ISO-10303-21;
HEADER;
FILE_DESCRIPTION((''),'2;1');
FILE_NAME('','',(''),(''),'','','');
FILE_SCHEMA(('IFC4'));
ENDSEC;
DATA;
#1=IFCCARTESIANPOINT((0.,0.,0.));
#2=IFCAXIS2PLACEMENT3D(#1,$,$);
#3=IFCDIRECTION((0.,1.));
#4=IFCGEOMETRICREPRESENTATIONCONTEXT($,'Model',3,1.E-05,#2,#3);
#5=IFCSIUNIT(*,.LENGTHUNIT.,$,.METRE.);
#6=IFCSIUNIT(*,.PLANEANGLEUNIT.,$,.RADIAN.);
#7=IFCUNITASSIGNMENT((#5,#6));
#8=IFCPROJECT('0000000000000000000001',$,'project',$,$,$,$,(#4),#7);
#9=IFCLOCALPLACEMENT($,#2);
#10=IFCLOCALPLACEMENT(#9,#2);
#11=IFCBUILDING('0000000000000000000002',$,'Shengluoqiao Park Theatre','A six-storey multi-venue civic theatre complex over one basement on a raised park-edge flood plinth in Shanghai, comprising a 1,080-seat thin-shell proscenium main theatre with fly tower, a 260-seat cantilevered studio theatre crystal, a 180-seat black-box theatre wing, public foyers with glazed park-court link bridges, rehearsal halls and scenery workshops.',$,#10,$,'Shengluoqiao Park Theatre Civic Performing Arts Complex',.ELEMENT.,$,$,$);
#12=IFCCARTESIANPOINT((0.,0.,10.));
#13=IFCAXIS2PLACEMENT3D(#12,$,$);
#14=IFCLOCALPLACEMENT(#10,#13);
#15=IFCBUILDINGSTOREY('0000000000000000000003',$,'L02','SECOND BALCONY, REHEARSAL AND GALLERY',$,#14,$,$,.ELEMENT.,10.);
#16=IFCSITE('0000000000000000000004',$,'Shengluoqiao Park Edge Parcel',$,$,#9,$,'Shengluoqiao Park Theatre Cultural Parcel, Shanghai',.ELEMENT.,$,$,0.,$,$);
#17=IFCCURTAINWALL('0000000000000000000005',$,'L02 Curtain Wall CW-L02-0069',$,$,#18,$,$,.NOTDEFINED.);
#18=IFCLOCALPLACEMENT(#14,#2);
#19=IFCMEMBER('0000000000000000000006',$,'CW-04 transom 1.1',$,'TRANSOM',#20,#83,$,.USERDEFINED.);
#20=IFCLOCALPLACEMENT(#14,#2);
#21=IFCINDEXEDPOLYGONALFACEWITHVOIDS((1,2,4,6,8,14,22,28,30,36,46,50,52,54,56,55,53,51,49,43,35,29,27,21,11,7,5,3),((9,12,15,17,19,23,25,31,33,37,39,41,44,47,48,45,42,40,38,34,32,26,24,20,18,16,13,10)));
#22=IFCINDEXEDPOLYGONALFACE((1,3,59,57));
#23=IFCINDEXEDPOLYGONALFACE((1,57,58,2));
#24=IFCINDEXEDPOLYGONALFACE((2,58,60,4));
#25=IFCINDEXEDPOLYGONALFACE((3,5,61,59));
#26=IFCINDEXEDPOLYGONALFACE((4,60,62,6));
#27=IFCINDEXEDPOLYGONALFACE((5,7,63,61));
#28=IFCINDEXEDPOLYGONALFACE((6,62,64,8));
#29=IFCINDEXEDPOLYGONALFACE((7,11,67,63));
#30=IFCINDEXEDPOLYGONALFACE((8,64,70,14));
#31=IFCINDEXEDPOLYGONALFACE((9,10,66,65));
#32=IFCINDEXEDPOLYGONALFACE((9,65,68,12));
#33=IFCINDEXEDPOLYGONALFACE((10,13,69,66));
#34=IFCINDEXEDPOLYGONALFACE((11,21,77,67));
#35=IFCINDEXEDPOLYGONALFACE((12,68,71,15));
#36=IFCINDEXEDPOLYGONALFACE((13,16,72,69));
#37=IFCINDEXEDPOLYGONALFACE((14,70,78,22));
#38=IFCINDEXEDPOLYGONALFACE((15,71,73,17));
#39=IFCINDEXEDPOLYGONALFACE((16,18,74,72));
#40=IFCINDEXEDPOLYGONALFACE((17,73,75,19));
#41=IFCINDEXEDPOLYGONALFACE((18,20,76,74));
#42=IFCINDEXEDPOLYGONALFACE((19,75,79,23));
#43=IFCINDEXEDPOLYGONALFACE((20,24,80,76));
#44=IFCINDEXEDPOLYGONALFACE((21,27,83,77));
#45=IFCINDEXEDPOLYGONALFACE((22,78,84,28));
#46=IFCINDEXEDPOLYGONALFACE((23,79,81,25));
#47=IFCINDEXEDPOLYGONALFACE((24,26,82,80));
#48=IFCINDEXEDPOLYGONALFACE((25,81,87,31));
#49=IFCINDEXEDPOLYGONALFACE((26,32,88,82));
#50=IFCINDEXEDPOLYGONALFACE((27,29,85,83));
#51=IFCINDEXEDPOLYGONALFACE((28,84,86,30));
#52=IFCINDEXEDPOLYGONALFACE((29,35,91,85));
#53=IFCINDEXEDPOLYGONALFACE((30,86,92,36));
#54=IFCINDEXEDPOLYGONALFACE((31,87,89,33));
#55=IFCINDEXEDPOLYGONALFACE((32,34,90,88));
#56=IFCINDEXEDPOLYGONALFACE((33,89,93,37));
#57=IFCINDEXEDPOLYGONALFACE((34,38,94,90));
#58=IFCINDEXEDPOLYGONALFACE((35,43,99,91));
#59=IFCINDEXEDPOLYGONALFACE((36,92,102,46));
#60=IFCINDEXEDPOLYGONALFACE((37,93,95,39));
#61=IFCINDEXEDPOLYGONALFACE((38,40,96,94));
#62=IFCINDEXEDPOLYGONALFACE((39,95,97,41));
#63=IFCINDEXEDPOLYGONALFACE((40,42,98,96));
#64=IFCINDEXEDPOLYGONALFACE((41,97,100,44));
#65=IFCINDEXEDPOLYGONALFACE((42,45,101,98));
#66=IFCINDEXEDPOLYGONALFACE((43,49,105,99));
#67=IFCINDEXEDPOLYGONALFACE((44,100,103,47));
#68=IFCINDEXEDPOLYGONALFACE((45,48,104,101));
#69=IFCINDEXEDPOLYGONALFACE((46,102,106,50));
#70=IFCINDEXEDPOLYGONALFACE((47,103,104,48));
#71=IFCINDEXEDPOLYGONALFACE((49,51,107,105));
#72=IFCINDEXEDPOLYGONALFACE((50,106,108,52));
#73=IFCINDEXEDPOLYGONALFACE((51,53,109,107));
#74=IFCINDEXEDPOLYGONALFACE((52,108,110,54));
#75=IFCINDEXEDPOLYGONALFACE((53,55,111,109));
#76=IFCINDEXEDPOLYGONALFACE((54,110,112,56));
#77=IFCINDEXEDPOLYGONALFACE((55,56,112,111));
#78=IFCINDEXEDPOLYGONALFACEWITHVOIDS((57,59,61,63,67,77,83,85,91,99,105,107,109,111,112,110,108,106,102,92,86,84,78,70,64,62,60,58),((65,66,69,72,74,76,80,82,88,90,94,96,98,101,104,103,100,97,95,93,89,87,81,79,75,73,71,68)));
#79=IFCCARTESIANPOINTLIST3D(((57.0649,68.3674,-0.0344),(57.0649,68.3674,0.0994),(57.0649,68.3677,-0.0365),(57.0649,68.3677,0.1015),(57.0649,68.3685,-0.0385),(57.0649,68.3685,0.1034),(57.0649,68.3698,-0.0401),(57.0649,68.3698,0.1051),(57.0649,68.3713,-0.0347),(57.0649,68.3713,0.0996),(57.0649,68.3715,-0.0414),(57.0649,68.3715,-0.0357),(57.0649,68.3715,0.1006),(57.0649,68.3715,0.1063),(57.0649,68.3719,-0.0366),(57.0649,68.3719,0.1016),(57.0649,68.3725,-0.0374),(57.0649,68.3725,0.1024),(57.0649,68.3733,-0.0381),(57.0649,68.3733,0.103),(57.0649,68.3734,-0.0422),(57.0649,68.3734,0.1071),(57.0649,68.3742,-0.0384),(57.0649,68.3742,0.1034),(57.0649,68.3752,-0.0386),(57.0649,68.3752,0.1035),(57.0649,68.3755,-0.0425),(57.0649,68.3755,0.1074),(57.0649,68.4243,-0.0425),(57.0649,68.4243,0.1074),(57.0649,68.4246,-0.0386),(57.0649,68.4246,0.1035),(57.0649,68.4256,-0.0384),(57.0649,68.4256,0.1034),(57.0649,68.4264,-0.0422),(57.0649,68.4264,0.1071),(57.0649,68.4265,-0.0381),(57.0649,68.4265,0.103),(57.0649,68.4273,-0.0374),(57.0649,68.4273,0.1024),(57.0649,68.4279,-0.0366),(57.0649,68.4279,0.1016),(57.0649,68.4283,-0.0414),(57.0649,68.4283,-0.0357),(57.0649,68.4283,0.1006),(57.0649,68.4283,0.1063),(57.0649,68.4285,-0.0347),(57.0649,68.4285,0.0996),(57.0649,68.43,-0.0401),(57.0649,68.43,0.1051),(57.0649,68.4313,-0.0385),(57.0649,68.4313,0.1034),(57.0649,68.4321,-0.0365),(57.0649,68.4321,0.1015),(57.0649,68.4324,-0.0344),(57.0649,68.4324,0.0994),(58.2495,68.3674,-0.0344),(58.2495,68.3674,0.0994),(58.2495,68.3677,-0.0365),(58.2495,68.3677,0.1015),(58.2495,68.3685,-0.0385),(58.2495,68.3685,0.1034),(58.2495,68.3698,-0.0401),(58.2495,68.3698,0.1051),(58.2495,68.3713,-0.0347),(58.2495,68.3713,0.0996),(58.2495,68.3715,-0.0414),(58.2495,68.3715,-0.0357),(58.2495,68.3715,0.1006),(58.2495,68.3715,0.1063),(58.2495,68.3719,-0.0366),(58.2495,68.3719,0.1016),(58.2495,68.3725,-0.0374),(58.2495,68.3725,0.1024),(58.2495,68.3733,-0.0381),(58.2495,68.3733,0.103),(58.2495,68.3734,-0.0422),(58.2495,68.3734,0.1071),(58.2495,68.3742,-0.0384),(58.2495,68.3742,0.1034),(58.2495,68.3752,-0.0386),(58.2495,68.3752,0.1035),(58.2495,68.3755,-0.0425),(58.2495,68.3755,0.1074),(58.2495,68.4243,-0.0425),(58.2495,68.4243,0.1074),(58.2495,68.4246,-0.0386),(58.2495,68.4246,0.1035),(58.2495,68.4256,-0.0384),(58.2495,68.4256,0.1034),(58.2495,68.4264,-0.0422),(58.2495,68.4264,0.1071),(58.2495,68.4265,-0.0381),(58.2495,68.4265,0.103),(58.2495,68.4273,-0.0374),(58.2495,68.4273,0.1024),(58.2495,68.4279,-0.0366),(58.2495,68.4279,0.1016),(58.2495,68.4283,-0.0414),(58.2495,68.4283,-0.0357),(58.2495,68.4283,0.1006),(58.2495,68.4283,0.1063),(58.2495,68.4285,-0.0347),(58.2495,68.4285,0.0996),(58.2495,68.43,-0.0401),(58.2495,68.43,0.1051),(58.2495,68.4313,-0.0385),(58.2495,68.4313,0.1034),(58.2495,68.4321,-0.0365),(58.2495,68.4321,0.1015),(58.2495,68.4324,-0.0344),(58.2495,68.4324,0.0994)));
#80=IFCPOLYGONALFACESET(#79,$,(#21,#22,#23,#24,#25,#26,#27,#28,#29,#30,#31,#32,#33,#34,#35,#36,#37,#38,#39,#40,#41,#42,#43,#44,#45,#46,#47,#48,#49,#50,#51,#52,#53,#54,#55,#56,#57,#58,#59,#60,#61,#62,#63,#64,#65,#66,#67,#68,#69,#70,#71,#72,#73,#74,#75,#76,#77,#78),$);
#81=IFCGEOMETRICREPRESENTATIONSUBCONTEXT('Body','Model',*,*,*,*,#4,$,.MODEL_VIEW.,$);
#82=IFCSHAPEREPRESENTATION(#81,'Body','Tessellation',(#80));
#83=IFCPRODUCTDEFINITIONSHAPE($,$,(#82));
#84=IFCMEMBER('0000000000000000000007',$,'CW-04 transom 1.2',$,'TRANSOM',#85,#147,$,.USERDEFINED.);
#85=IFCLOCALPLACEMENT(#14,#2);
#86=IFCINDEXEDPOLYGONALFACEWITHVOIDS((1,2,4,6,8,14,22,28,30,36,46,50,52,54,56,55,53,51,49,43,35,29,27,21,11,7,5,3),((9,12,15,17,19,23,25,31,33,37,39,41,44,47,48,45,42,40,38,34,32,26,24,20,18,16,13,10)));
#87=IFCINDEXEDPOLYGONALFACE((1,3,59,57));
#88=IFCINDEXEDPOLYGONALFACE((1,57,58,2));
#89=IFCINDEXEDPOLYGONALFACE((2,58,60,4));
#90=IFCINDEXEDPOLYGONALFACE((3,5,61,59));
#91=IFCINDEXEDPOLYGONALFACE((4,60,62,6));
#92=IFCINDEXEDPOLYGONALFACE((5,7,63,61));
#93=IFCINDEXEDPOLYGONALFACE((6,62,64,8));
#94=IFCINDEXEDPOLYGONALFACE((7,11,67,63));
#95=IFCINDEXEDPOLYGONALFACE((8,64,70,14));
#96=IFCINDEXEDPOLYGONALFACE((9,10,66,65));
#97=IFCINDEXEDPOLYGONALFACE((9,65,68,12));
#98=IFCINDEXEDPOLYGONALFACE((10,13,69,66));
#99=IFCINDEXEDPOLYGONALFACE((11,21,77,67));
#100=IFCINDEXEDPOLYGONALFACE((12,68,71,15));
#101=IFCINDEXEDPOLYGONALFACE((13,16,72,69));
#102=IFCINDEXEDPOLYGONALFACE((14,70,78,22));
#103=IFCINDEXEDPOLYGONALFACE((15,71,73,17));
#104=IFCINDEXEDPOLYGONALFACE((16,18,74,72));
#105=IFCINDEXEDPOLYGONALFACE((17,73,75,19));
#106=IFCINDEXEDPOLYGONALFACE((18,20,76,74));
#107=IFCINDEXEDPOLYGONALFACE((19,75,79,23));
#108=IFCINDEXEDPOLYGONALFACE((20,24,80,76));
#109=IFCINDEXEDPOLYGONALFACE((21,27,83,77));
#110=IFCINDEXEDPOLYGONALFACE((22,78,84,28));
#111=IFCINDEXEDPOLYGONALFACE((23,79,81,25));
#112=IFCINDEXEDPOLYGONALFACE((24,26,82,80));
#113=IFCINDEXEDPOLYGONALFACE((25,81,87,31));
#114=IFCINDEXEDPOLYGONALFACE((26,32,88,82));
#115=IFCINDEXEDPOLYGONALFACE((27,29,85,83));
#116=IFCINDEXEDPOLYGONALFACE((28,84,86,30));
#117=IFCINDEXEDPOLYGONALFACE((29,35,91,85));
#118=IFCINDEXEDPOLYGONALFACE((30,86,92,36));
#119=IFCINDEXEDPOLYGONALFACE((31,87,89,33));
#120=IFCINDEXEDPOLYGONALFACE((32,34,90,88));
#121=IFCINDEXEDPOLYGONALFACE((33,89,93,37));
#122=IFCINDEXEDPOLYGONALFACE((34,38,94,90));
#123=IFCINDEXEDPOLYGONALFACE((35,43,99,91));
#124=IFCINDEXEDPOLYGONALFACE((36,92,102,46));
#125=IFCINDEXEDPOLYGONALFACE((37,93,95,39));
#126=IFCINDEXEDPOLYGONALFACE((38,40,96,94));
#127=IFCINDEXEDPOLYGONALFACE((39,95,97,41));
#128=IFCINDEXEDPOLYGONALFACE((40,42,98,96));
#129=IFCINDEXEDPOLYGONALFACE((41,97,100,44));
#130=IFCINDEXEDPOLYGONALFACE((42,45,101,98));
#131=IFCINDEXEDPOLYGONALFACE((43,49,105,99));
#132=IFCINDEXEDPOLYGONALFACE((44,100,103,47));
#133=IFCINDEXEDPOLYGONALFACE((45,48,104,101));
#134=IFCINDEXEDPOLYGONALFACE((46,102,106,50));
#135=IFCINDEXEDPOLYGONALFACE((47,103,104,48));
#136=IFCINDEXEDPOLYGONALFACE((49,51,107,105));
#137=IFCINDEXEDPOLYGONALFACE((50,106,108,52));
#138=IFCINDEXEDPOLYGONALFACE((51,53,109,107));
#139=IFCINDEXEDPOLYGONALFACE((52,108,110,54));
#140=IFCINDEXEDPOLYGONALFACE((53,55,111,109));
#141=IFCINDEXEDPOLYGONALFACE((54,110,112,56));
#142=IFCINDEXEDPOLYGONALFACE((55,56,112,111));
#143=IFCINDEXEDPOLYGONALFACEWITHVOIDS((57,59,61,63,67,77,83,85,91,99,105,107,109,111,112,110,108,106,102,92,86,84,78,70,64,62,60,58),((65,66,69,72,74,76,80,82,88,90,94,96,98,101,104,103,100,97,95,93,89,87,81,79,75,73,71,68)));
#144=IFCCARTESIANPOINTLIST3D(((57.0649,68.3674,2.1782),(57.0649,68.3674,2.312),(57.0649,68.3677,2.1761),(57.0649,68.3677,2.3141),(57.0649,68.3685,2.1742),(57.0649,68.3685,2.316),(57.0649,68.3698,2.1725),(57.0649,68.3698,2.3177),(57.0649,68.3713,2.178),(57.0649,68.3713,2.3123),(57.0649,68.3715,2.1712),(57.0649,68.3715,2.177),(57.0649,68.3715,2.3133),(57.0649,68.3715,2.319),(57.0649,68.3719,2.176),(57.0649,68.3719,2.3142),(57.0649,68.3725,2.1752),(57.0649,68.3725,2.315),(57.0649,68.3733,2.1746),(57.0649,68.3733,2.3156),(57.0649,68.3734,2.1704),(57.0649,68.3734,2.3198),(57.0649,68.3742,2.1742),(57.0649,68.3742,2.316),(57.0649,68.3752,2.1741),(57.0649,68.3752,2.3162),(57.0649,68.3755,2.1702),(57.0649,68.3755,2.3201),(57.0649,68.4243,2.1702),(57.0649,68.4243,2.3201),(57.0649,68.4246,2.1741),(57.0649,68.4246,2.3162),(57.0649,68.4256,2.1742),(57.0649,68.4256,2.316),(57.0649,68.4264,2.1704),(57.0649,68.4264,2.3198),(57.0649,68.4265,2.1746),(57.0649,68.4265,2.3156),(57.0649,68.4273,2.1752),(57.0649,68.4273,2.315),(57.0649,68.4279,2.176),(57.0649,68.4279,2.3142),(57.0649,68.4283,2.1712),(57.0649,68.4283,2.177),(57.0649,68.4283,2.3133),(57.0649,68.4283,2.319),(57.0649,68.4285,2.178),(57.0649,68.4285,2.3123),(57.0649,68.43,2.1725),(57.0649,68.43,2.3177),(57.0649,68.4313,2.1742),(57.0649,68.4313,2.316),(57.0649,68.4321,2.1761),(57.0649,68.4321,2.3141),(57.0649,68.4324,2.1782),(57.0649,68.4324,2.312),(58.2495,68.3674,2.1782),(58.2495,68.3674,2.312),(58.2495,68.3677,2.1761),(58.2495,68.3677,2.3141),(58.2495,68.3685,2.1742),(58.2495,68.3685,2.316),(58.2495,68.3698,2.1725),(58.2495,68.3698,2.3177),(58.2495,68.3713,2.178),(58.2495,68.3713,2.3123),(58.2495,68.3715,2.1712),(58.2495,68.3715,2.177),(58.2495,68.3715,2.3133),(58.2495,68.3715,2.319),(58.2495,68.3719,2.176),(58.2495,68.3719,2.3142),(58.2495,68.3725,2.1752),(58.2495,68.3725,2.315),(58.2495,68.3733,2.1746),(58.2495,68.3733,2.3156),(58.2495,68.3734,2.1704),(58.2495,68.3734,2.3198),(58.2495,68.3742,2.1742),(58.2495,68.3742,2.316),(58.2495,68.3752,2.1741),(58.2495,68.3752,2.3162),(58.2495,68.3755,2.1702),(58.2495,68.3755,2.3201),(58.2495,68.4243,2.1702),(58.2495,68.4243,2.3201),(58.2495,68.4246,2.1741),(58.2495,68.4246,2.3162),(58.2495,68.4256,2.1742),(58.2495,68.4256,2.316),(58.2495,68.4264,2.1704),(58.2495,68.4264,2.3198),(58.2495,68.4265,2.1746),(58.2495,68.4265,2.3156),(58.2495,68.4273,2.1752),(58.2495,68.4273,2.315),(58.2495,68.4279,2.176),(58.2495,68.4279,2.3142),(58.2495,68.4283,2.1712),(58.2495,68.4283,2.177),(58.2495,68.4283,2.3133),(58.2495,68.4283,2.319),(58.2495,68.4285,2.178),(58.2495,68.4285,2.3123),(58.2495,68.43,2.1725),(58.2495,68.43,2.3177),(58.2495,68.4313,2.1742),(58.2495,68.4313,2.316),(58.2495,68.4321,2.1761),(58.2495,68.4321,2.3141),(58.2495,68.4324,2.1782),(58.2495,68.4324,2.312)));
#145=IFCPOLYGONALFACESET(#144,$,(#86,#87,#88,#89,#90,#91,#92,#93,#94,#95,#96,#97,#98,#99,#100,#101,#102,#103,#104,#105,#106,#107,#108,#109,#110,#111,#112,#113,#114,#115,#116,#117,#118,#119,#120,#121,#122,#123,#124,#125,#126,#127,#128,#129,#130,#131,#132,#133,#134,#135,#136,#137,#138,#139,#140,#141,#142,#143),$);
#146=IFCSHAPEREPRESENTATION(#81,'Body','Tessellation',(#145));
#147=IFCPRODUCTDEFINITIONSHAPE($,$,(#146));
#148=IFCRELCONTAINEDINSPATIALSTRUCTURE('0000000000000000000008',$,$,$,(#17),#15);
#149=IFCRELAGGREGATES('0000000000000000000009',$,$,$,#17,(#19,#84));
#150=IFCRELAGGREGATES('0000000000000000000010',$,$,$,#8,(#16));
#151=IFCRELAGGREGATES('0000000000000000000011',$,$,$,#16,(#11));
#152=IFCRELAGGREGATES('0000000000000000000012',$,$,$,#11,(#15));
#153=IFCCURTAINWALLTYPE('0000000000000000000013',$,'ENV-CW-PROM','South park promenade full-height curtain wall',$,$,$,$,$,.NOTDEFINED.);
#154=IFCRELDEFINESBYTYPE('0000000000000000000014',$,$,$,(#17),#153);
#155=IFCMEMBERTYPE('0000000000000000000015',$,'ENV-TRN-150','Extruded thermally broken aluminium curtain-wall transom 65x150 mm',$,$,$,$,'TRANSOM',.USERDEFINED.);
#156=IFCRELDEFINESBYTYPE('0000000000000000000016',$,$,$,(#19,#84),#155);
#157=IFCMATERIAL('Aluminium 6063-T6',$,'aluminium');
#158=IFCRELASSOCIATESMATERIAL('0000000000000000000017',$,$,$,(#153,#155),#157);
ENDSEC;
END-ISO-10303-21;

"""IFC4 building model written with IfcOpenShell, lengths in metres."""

from ifc_helpers import new_model, si_unit, direction, frame, origin, origin_2d, place, context, subcontext, project, spatial, hollow_rectangle, extrude, material, material_profile, profile_set, type_object, element, aggregate, save


model = new_model("IFC4")

# Units and contexts
model_context = context("Model", 3, precision=1e-05, world=origin(), true_north=direction((0.0, 1.0)))
body_context = subcontext(model_context, "Body", "Model", "MODEL_VIEW")
ifc_project = project(units=[si_unit("LENGTHUNIT", "METRE"), si_unit("PLANEANGLEUNIT", "RADIAN")], contexts=[model_context])

# Site, building, storey
site_placement = place(None, origin())
site = spatial("IfcSite", under=ifc_project, at=site_placement, Name="Shengluoqiao Park Edge Parcel", LongName="Shengluoqiao Park Theatre Cultural Parcel, Shanghai", CompositionType="ELEMENT", RefElevation=0.0)
building_placement = place(site_placement, origin())
building = spatial("IfcBuilding", under=site, at=building_placement, Name="Shengluoqiao Park Theatre", Description="A six-storey multi-venue civic theatre complex over one basement on a raised park-edge flood plinth in Shanghai, comprising a 1,080-seat thin-shell proscenium main theatre with fly tower, a 260-seat cantilevered studio theatre crystal, a 180-seat black-box theatre wing, public foyers with glazed park-court link bridges, rehearsal halls and scenery workshops.", LongName="Shengluoqiao Park Theatre Civic Performing Arts Complex", CompositionType="ELEMENT")
storey_placement = place(building_placement, frame((0.0, 0.0, 10.0)))
storey = spatial("IfcBuildingStorey", under=building, at=storey_placement, Name="L02", Description="SECOND BALCONY, REHEARSAL AND GALLERY", CompositionType="ELEMENT", Elevation=10.0)

# Curtain wall
ifc_material_1 = material(Name="Aluminium 6063-T6", Category="aluminium")
curtain_wall_type = type_object("IfcCurtainWallType", Name="ENV-CW-PROM", Description="South park promenade full-height curtain wall", PredefinedType="NOTDEFINED", material=ifc_material_1)
curtain_wall_1_placement = place(storey_placement, origin())
curtain_wall_1 = element("IfcCurtainWall", 1, at=curtain_wall_1_placement, inside=storey, type_object=curtain_wall_type, Name="L02 Curtain Wall CW-L02-0069", PredefinedType="NOTDEFINED")

# Members
ifc_material_profile_1 = material_profile(ifc_material_1, hollow_rectangle(XDim=0.0649, YDim=0.1499, WallThickness=0.0039, InnerFilletRadius=0.0039, OuterFilletRadius=0.0081, at=origin_2d()), Name="ALU TRANSOM 150x65x4")
ifc_profile_set_1 = profile_set([ifc_material_profile_1], Name="Aluminium 6063-T6")
member_type_1 = type_object("IfcMemberType", Name="ENV-TRN-150", Description="Extruded thermally broken aluminium curtain-wall transom 65x150 mm", ElementType="TRANSOM", PredefinedType="USERDEFINED", material=ifc_profile_set_1)
member_1_placement = place(storey_placement, frame((57.0649, 68.3999, 0.0325), z_axis=(1.0, 0.0, 0.0), x_axis=(0.0, 1.0, 0.0)))
member_1 = element("IfcMember", 2, at=member_1_placement, type_object=member_type_1, Name="CW-04 transom 1.1", ObjectType="TRANSOM", PredefinedType="USERDEFINED", context=body_context, shape_type="SweptSolid", body=[
    extrude(hollow_rectangle(XDim=0.0649, YDim=0.1499, WallThickness=0.0039, InnerFilletRadius=0.0039, OuterFilletRadius=0.0081, at=origin_2d()), origin(), (0.0, 0.0, 1.0), 1.1846),
])
member_2_placement = place(storey_placement, frame((57.0649, 68.3999, 2.2451), z_axis=(1.0, 0.0, 0.0), x_axis=(0.0, 1.0, 0.0)))
member_2 = element("IfcMember", 3, at=member_2_placement, type_object=member_type_1, Name="CW-04 transom 1.2", ObjectType="TRANSOM", PredefinedType="USERDEFINED", context=body_context, shape_type="SweptSolid", body=[
    extrude(hollow_rectangle(XDim=0.0649, YDim=0.1499, WallThickness=0.0039, InnerFilletRadius=0.0039, OuterFilletRadius=0.0081, at=origin_2d()), origin(), (0.0, 0.0, 1.0), 1.1846),
])

aggregate(curtain_wall_1, [member_1, member_2])

save(model, "model.ifc")
